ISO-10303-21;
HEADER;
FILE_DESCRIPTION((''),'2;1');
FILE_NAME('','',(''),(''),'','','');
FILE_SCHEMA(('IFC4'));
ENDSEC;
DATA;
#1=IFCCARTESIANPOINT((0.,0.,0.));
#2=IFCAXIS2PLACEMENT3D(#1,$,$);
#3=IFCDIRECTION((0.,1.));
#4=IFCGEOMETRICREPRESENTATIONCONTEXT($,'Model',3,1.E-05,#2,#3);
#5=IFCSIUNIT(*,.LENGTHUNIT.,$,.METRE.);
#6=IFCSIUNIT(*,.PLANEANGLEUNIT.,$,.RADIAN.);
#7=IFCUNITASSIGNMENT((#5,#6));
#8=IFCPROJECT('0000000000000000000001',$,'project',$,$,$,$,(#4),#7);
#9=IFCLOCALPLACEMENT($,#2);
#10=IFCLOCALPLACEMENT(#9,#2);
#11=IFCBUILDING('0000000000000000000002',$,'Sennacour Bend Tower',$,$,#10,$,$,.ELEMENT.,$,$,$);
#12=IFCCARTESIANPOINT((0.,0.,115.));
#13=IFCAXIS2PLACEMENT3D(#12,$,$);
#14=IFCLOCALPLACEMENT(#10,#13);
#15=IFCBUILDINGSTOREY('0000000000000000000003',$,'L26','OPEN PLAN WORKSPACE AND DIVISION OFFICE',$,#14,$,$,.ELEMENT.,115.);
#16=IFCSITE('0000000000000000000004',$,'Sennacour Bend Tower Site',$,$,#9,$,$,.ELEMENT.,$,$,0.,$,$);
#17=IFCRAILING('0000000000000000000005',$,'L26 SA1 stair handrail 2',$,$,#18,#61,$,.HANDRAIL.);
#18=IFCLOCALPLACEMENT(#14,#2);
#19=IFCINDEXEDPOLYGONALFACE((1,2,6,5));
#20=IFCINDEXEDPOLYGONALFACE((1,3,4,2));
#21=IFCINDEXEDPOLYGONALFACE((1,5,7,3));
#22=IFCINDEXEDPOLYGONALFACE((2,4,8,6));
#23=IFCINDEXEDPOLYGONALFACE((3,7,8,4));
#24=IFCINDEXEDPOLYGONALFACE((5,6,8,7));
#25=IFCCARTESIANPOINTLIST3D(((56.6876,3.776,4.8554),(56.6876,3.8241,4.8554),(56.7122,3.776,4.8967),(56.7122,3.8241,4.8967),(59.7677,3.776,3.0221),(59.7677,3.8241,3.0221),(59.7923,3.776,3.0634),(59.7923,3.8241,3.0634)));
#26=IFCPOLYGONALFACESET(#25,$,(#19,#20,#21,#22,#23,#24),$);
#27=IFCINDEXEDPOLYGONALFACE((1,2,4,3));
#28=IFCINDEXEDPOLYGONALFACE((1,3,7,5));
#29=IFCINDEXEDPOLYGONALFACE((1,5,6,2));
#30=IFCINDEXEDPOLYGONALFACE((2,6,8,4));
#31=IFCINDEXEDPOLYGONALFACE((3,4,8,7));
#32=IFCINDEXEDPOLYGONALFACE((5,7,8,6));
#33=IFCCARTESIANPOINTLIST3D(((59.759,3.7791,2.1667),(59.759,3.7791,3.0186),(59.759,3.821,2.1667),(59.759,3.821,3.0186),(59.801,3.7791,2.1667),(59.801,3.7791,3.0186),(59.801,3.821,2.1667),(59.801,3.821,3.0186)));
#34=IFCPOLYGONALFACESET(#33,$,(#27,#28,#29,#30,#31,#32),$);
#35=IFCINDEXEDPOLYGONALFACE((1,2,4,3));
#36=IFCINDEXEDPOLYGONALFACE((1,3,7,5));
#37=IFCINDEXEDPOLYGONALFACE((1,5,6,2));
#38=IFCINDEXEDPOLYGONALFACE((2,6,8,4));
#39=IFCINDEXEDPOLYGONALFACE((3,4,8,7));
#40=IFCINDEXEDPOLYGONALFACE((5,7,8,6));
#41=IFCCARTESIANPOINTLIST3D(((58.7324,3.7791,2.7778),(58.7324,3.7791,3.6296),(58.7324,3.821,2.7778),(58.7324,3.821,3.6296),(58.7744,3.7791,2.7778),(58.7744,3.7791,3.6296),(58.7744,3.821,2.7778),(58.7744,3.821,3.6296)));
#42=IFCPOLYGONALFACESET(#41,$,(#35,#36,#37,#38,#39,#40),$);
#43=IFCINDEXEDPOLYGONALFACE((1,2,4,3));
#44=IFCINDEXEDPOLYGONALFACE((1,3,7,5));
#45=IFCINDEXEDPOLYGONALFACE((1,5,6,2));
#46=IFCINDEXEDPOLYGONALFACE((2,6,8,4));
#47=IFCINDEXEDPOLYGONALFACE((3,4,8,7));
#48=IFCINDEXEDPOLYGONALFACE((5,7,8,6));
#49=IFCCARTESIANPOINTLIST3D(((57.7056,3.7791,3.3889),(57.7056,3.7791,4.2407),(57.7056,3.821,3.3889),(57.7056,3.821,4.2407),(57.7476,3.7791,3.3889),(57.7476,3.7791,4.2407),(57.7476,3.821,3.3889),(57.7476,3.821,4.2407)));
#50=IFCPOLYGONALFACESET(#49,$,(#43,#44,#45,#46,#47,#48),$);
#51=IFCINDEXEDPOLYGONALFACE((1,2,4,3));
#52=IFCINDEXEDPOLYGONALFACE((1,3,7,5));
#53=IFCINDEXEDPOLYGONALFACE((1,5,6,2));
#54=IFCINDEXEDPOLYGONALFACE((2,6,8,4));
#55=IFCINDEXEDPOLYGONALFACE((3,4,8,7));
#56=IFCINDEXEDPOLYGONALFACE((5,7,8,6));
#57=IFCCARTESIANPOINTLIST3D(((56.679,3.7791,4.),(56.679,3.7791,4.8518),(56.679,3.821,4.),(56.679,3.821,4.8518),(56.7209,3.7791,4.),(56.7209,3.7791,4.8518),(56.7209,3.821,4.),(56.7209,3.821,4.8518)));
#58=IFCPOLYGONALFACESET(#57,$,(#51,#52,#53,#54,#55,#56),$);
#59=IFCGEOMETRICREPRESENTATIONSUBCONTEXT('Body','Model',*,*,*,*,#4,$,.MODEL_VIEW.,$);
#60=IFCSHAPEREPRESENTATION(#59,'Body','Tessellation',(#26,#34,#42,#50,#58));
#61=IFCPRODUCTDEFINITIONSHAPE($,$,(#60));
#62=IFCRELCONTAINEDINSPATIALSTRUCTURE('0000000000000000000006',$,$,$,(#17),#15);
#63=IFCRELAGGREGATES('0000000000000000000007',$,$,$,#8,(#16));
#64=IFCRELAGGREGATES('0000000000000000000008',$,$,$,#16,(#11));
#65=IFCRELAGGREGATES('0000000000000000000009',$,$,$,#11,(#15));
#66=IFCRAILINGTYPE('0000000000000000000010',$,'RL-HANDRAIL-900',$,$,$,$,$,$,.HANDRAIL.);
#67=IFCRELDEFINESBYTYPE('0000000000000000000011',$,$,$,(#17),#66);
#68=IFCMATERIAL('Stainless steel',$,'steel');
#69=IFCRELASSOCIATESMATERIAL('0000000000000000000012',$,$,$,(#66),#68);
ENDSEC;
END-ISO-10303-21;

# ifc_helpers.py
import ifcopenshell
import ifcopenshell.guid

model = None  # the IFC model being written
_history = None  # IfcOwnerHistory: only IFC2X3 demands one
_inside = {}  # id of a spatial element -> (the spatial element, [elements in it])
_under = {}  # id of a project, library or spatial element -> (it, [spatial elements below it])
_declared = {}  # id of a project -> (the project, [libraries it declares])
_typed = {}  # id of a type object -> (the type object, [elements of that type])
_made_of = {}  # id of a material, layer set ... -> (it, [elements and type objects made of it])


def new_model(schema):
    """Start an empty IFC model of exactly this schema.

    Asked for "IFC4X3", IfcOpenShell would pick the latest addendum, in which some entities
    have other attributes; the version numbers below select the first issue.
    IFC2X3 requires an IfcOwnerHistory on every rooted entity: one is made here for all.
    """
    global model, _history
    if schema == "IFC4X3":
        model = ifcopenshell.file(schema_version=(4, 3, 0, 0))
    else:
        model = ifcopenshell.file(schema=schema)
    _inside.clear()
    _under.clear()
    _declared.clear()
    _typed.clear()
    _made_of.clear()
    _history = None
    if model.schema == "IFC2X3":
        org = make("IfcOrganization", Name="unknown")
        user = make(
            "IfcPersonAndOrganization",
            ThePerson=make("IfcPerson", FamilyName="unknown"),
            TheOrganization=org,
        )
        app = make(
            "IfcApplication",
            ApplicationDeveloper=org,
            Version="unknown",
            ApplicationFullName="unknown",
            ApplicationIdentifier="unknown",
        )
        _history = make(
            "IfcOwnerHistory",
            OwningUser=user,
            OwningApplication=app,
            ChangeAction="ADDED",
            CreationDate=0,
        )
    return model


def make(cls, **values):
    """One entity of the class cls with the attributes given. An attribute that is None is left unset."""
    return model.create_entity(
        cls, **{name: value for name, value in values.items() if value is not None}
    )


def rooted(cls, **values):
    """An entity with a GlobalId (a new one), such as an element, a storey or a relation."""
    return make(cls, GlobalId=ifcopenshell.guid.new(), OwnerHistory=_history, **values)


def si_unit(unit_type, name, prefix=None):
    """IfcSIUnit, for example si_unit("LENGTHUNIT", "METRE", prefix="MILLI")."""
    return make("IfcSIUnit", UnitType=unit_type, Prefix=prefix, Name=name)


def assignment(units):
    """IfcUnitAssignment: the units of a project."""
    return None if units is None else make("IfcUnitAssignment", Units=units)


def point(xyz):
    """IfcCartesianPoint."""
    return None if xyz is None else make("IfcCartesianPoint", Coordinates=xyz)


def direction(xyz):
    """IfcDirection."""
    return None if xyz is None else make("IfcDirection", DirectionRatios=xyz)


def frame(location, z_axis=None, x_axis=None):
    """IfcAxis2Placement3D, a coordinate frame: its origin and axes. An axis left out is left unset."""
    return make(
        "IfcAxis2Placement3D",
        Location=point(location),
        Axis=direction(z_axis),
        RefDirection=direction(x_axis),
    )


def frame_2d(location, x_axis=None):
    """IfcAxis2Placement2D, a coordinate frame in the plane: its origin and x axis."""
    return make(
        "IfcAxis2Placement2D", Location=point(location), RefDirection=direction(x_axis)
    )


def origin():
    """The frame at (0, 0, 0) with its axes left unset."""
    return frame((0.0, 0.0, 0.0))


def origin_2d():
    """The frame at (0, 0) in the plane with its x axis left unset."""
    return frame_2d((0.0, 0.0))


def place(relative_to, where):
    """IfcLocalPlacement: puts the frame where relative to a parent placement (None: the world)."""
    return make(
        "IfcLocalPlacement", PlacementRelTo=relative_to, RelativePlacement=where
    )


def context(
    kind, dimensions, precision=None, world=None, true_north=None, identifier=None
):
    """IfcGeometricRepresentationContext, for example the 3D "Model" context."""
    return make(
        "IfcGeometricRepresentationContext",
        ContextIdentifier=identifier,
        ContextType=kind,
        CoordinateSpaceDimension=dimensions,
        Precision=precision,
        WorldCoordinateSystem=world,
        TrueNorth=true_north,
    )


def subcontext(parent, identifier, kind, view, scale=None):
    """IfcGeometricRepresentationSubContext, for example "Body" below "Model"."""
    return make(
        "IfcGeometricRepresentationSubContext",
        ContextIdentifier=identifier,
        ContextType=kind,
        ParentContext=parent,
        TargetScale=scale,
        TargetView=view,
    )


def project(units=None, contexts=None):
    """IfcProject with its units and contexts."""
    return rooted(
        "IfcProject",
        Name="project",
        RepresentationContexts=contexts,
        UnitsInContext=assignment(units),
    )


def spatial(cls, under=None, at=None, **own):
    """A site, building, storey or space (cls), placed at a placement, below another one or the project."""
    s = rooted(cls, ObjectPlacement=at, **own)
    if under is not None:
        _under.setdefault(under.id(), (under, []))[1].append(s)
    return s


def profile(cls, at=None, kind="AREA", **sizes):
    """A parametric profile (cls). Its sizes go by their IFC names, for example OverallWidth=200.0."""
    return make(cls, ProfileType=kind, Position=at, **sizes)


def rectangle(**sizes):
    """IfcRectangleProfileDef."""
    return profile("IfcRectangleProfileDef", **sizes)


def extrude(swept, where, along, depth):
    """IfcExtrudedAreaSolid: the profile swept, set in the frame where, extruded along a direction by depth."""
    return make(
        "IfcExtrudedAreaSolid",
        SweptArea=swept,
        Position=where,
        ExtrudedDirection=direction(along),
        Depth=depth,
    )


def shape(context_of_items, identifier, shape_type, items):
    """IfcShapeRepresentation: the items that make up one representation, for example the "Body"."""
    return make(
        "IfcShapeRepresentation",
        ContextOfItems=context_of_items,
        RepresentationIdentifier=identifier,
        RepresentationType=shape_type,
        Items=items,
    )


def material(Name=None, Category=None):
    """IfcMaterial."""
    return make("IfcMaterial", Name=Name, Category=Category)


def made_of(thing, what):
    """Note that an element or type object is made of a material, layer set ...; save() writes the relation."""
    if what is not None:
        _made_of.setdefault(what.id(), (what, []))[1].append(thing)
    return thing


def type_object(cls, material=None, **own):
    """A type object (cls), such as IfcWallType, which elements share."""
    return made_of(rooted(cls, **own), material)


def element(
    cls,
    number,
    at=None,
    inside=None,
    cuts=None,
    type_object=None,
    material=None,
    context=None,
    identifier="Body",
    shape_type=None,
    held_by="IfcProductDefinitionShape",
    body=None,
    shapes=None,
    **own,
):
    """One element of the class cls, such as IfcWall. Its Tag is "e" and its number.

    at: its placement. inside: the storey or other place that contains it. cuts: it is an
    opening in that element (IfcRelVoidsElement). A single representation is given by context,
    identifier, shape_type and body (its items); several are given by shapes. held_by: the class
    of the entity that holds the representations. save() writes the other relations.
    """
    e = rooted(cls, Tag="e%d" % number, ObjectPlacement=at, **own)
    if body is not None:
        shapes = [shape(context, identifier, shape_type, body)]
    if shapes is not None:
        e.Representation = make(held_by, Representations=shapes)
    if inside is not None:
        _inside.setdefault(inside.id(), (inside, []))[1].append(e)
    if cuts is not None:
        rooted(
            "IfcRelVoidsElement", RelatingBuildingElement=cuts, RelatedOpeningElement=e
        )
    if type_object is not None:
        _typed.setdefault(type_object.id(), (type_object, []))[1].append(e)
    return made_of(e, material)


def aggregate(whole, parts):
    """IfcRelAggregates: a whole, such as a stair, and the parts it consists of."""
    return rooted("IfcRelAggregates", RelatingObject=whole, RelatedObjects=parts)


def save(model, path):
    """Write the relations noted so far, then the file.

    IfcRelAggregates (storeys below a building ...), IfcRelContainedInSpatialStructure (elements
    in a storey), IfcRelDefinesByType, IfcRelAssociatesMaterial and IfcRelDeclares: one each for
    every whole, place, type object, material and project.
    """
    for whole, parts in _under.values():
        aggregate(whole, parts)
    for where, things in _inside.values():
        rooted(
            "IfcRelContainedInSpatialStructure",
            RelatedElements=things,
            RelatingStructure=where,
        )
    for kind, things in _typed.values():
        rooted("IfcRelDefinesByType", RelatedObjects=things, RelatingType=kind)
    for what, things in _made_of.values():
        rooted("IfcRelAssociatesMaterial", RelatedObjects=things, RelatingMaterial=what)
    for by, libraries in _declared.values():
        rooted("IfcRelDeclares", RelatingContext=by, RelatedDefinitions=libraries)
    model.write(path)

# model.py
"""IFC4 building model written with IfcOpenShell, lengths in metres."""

from ifc_helpers import new_model, si_unit, direction, frame, origin, origin_2d, place, context, subcontext, project, spatial, rectangle, extrude, material, type_object, element, save


model = new_model("IFC4")

# Units and contexts
model_context = context("Model", 3, precision=1e-05, world=origin(), true_north=direction((0.0, 1.0)))
body_context = subcontext(model_context, "Body", "Model", "MODEL_VIEW")
ifc_project = project(units=[si_unit("LENGTHUNIT", "METRE"), si_unit("PLANEANGLEUNIT", "RADIAN")], contexts=[model_context])

# Site, building, storey
site_placement = place(None, origin())
site = spatial("IfcSite", under=ifc_project, at=site_placement, Name="Sennacour Bend Tower Site", CompositionType="ELEMENT", RefElevation=0.0)
building_placement = place(site_placement, origin())
building = spatial("IfcBuilding", under=site, at=building_placement, Name="Sennacour Bend Tower", CompositionType="ELEMENT")
storey_placement = place(building_placement, frame((0.0, 0.0, 115.0)))
storey = spatial("IfcBuildingStorey", under=building, at=storey_placement, Name="L26", Description="OPEN PLAN WORKSPACE AND DIVISION OFFICE", CompositionType="ELEMENT", Elevation=115.0)

# Shared definitions
ifc_material_1 = material(Name="Stainless steel", Category="steel")

# Railing
railing_type_1 = type_object("IfcRailingType", Name="RL-HANDRAIL-900", PredefinedType="HANDRAIL", material=ifc_material_1)
railing_1_placement = place(storey_placement, frame((59.78, 3.8, 2.1667)))
element("IfcRailing", 1, at=railing_1_placement, inside=storey, type_object=railing_type_1, Name="L26 SA1 stair handrail 2", PredefinedType="HANDRAIL", context=body_context, shape_type="SweptSolid", body=[
    extrude(rectangle(XDim=0.0481, YDim=0.0481, at=origin_2d()), frame((0.0, 0.0, 0.876), z_axis=(-0.859309, 0.0, 0.511458), x_axis=(0.0, -1.0, 0.0)), (0.0, 0.0, 1.0), 3.5845),
    extrude(rectangle(XDim=0.042, YDim=0.042, at=origin_2d()), origin(), (0.0, 0.0, 1.0), 0.8518),
    extrude(rectangle(XDim=0.042, YDim=0.042, at=origin_2d()), frame((-1.0266, 0.0, 0.6111)), (0.0, 0.0, 1.0), 0.8518),
    extrude(rectangle(XDim=0.042, YDim=0.042, at=origin_2d()), frame((-2.0535, 0.0, 1.2222)), (0.0, 0.0, 1.0), 0.8518),
    extrude(rectangle(XDim=0.042, YDim=0.042, at=origin_2d()), frame((-3.0801, 0.0, 1.8333)), (0.0, 0.0, 1.0), 0.8518),
])

save(model, "model.ifc")
